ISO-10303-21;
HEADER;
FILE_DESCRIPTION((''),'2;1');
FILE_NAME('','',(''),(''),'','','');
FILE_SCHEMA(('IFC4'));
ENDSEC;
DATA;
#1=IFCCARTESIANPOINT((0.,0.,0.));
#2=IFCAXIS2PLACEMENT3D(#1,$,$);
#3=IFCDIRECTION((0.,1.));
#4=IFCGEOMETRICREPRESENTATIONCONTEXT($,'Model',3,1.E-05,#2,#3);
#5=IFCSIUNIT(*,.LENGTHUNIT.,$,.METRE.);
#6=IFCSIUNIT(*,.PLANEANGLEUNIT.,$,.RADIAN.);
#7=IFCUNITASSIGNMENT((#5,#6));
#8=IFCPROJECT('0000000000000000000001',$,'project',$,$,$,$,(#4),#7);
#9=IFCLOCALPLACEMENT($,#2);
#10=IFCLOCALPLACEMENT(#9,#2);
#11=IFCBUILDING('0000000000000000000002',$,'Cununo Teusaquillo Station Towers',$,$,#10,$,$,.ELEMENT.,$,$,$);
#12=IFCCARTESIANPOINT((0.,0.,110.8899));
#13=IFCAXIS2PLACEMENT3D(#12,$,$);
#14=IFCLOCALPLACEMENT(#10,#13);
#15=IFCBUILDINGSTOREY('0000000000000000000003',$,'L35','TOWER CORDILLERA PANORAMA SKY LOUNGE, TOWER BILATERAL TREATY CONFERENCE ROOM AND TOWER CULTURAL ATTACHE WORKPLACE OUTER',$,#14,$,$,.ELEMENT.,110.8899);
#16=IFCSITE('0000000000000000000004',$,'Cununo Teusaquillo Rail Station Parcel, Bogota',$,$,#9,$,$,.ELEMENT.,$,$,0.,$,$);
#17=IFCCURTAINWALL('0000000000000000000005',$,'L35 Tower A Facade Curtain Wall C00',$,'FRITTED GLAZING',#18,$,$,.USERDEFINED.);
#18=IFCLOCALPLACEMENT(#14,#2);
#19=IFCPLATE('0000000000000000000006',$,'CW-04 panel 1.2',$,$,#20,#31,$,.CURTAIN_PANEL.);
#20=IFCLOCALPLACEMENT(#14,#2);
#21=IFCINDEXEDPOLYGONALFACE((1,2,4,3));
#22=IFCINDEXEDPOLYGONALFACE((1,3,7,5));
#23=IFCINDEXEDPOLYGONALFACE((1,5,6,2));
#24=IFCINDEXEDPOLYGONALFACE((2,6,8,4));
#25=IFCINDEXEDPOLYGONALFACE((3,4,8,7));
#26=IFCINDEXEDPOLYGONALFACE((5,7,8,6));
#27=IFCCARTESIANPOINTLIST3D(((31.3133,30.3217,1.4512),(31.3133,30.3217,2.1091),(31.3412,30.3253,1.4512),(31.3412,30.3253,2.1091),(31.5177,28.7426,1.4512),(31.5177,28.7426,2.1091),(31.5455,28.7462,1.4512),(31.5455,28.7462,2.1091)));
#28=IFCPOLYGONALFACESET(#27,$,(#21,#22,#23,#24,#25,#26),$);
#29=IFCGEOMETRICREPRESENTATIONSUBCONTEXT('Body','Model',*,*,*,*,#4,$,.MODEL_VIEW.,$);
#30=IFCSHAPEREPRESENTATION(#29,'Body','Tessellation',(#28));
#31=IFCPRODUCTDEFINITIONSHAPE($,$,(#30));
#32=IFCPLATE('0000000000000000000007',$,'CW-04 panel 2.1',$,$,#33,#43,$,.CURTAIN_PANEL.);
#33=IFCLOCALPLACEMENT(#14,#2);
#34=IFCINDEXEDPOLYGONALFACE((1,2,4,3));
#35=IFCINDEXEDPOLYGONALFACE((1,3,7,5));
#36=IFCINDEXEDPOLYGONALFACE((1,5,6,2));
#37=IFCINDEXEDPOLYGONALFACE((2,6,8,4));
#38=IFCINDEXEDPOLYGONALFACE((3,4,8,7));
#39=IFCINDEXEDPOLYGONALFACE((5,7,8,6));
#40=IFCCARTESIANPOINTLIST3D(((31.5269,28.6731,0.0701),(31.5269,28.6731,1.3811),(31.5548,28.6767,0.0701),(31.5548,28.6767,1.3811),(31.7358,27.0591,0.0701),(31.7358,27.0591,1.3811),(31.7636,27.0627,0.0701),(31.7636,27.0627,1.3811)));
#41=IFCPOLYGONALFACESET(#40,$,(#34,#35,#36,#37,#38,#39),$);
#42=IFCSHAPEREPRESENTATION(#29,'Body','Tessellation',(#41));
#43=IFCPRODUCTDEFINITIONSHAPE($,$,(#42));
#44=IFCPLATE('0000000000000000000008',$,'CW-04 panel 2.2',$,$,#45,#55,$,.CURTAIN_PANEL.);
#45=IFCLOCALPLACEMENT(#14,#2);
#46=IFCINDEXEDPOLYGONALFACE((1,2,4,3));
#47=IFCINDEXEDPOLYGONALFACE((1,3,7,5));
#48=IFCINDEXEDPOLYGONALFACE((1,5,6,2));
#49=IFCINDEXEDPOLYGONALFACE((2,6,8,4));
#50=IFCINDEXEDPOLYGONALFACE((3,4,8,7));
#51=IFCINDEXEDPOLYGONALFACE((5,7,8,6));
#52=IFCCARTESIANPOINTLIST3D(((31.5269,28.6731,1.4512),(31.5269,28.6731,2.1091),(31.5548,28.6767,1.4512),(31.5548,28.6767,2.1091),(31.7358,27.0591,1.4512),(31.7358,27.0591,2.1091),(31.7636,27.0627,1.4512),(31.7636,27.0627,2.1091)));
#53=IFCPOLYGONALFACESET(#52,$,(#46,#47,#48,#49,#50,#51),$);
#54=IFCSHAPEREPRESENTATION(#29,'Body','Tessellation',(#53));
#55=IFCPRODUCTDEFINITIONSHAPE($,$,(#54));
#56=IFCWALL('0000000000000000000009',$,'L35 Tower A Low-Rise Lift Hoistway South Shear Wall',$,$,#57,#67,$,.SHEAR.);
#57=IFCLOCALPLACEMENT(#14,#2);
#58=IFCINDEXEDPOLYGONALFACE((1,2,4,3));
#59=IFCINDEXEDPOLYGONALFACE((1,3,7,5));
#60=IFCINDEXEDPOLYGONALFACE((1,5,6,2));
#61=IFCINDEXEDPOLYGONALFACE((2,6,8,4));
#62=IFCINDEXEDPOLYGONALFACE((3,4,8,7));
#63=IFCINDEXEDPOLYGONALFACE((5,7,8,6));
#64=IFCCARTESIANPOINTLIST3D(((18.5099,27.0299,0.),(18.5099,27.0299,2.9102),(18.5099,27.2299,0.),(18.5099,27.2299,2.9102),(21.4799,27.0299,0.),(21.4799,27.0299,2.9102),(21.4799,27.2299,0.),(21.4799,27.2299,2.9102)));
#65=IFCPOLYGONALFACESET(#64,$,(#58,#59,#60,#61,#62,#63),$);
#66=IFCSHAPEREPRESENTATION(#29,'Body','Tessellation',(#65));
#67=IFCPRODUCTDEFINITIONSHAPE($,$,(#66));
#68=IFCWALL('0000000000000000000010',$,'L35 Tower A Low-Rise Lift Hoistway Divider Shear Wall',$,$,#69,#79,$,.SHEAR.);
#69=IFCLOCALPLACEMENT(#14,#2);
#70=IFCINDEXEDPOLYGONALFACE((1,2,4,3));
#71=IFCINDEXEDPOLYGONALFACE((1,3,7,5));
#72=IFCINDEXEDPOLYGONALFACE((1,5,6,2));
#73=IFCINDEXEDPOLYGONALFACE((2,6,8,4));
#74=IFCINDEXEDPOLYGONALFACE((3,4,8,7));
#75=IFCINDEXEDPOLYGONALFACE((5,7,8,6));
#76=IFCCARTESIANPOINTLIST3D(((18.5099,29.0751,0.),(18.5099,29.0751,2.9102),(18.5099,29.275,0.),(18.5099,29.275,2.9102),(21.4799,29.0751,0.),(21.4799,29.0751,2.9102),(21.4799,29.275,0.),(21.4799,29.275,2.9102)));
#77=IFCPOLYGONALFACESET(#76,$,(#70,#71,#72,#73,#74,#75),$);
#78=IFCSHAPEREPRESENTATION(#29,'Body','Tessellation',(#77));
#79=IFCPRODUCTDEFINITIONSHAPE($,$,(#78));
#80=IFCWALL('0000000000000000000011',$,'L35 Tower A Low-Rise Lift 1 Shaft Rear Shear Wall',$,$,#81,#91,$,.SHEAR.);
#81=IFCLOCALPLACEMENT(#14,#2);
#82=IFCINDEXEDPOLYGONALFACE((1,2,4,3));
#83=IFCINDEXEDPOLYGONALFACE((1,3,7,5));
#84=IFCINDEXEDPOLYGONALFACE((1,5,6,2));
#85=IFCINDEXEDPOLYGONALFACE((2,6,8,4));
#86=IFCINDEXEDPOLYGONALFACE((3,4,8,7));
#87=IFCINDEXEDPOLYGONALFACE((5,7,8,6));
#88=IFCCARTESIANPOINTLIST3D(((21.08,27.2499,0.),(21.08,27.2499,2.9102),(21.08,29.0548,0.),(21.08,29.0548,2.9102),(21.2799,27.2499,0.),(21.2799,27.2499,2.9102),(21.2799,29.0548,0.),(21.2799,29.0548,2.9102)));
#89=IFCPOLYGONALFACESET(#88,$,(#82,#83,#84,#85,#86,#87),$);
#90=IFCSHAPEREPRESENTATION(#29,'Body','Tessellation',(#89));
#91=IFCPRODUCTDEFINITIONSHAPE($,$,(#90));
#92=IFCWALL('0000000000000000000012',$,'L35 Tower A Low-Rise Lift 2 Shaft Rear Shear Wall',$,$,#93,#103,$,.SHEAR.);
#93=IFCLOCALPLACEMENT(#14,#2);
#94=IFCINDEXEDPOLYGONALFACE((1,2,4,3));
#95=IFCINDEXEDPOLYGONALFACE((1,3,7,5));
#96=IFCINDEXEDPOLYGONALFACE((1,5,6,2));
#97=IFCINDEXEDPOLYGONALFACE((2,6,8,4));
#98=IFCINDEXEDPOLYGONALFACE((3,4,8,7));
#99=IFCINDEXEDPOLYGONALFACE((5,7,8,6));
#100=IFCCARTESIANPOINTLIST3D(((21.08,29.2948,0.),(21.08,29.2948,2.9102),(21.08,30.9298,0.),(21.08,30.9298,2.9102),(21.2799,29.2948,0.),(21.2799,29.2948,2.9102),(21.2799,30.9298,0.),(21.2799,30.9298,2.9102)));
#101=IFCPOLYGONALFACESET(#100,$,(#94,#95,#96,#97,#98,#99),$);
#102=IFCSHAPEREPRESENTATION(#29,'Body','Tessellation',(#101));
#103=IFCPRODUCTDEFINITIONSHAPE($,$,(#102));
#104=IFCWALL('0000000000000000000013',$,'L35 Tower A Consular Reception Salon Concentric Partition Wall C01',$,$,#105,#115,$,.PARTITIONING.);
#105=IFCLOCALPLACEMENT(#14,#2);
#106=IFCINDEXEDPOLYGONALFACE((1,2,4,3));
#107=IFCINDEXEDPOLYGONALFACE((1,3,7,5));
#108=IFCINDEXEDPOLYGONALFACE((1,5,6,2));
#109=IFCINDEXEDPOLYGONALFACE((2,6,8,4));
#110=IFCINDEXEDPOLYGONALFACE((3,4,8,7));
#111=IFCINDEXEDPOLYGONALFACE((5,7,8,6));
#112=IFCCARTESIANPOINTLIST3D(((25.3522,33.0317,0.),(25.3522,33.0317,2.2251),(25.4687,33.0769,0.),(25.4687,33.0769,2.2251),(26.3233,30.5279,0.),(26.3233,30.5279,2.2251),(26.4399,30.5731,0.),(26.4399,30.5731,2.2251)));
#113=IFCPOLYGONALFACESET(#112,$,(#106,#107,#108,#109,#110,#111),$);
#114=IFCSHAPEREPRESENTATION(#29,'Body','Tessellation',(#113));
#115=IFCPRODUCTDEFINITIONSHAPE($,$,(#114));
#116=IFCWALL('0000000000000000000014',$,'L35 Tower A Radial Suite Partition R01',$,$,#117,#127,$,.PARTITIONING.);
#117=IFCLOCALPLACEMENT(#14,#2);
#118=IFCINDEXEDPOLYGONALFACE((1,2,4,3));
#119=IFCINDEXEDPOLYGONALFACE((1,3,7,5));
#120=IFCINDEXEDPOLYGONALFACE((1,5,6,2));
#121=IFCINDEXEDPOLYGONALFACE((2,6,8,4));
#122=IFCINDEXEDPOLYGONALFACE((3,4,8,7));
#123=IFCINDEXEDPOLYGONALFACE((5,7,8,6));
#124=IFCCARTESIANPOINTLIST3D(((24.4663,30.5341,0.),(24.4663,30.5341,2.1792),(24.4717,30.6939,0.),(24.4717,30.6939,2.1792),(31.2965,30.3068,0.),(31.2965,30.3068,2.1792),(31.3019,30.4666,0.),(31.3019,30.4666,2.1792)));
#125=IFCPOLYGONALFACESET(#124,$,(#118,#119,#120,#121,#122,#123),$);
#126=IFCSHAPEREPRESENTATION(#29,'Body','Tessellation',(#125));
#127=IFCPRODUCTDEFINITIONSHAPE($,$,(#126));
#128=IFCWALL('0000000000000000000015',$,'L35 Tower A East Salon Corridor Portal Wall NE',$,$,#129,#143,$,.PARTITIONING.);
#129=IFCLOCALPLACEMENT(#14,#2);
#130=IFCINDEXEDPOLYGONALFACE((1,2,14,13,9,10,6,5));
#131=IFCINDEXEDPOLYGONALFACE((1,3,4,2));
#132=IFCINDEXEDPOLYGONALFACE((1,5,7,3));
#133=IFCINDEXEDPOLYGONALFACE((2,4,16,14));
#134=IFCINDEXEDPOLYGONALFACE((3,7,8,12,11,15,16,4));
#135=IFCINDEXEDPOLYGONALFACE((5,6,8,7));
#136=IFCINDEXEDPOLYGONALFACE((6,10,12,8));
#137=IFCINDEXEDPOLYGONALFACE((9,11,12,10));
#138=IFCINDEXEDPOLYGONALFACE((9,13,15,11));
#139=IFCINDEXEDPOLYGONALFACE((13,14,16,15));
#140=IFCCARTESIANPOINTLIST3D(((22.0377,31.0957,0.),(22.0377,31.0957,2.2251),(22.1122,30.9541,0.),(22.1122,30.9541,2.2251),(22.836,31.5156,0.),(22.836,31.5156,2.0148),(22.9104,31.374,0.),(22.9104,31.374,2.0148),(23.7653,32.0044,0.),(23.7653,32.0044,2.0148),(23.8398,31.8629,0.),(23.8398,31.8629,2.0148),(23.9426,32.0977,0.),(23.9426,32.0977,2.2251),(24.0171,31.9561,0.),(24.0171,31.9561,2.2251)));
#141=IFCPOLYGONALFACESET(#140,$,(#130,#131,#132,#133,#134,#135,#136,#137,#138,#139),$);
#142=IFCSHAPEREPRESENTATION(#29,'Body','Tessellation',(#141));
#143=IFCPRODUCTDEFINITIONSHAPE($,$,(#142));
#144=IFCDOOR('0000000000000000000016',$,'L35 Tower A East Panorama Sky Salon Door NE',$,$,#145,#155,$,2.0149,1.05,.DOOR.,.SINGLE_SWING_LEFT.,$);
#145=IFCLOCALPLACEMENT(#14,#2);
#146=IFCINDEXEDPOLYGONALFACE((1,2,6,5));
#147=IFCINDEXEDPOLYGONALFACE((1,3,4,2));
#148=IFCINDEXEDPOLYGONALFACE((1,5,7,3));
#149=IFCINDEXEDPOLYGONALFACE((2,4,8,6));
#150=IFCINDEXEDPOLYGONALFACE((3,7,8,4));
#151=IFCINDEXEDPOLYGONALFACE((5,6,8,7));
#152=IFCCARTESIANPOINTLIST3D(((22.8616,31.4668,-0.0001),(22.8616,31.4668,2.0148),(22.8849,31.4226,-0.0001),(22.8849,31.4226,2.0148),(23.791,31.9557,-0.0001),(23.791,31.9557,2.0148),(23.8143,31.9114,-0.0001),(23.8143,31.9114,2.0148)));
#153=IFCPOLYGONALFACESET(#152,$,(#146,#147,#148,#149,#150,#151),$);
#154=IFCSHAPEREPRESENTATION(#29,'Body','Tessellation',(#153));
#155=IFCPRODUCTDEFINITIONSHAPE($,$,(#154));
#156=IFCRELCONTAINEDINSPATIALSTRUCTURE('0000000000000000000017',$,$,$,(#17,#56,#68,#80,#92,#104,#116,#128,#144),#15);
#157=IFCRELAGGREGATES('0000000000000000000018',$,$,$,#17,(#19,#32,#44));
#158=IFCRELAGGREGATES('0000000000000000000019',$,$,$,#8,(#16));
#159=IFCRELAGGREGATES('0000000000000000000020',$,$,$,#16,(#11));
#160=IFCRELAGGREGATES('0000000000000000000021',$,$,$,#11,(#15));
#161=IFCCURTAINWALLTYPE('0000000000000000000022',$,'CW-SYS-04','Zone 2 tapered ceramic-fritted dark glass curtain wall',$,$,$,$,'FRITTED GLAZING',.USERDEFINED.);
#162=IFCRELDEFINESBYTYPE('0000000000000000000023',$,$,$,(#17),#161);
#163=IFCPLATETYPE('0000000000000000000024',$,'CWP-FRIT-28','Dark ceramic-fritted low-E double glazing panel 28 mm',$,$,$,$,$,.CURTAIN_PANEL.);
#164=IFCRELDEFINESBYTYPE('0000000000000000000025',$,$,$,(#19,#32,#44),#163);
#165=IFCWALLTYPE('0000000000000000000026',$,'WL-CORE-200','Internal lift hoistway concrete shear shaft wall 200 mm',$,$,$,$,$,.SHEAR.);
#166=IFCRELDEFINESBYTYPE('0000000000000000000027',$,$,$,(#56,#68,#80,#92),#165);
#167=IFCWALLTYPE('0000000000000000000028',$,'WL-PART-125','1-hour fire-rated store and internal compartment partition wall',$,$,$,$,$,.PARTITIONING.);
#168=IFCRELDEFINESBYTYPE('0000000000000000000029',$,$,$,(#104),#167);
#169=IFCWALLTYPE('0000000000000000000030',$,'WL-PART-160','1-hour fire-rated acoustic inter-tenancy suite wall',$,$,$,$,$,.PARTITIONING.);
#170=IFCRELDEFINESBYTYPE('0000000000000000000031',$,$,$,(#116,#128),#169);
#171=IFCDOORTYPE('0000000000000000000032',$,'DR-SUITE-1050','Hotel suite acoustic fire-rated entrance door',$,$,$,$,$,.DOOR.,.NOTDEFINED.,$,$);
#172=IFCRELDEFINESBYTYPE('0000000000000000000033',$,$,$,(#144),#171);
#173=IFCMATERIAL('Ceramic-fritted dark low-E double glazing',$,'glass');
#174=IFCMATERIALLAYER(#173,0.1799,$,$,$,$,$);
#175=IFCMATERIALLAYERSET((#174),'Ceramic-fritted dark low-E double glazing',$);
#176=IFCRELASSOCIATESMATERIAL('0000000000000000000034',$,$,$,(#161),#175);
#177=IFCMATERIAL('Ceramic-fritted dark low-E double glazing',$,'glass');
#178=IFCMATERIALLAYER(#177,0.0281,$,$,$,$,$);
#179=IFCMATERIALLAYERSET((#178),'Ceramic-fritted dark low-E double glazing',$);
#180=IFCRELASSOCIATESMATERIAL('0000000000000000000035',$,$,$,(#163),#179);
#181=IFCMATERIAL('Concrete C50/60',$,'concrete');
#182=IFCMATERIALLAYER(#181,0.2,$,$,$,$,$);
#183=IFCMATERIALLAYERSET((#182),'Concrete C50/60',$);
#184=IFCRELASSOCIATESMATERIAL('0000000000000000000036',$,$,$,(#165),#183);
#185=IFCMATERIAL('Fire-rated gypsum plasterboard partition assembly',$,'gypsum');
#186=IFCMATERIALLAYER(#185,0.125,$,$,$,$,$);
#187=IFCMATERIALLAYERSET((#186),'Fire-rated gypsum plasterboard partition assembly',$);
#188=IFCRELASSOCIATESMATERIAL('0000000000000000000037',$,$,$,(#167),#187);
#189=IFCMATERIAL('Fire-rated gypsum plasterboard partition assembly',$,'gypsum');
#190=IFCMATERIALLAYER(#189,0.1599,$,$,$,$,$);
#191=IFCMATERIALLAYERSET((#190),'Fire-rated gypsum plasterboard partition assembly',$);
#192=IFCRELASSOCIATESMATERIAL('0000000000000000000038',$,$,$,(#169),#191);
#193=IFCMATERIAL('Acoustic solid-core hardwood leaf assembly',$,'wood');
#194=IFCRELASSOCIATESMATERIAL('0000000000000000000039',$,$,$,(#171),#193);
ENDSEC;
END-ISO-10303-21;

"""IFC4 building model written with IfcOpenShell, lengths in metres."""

from ifc_helpers import new_model, si_unit, direction, frame, frame_2d, origin, origin_2d, place, context, subcontext, project, spatial, rectangle, extrude, source, transform, mapped, material, layer, layer_set, type_object, element, fill, aggregate, save


model = new_model("IFC4")

# Units and contexts
model_context = context("Model", 3, precision=1e-05, world=origin(), true_north=direction((0.0, 1.0)))
body_context = subcontext(model_context, "Body", "Model", "MODEL_VIEW")
ifc_project = project(units=[si_unit("LENGTHUNIT", "METRE"), si_unit("PLANEANGLEUNIT", "RADIAN")], contexts=[model_context])

# Site, building, storey
site_placement = place(None, origin())
site = spatial("IfcSite", under=ifc_project, at=site_placement, Name="Cununo Teusaquillo Rail Station Parcel, Bogota", CompositionType="ELEMENT", RefElevation=0.0)
building_placement = place(site_placement, origin())
building = spatial("IfcBuilding", under=site, at=building_placement, Name="Cununo Teusaquillo Station Towers", CompositionType="ELEMENT")
storey_placement = place(building_placement, frame((0.0, 0.0, 110.8899)))
storey = spatial("IfcBuildingStorey", under=building, at=storey_placement, Name="L35", Description="TOWER CORDILLERA PANORAMA SKY LOUNGE, TOWER BILATERAL TREATY CONFERENCE ROOM AND TOWER CULTURAL ATTACHE WORKPLACE OUTER", CompositionType="ELEMENT", Elevation=110.8899)

# Curtain wall
ifc_material_1 = material(Name="Ceramic-fritted dark low-E double glazing", Category="glass")
ifc_layer_1 = layer(ifc_material_1, 0.1799)
ifc_layer_set_1 = layer_set([ifc_layer_1], Name="Ceramic-fritted dark low-E double glazing")
curtain_wall_type = type_object("IfcCurtainWallType", Name="CW-SYS-04", Description="Zone 2 tapered ceramic-fritted dark glass curtain wall", ElementType="FRITTED GLAZING", PredefinedType="USERDEFINED", material=ifc_layer_set_1)
curtain_wall_placement = place(storey_placement, origin())
curtain_wall = element("IfcCurtainWall", 1, at=curtain_wall_placement, inside=storey, type_object=curtain_wall_type, Name="L35 Tower A Facade Curtain Wall C00", ObjectType="FRITTED GLAZING", PredefinedType="USERDEFINED")

# Plates
ifc_material_2 = material(Name="Ceramic-fritted dark low-E double glazing", Category="glass")
ifc_layer_2 = layer(ifc_material_2, 0.0281)
ifc_layer_set_2 = layer_set([ifc_layer_2], Name="Ceramic-fritted dark low-E double glazing")
plate_type_1 = type_object("IfcPlateType", Name="CWP-FRIT-28", Description="Dark ceramic-fritted low-E double glazing panel 28 mm", PredefinedType="CURTAIN_PANEL", material=ifc_layer_set_2)
shared_shape_1 = source(origin(), body_context, "Body", "SweptSolid", [
    extrude(rectangle(XDim=1.5923, YDim=0.0281, at=origin_2d()), origin(), (0.0, 0.0, 1.0), 0.658),
])
plate_1_placement = place(storey_placement, frame((31.4294, 29.5339, 1.4512), z_axis=(0.0, 0.0, 1.0), x_axis=(0.128336, -0.991731, 0.0)))
plate_1 = element("IfcPlate", 2, at=plate_1_placement, type_object=plate_type_1, Name="CW-04 panel 1.2", PredefinedType="CURTAIN_PANEL", context=body_context, shape_type="MappedRepresentation", body=[
    mapped(shared_shape_1, transform((0.0, 0.0, 0.0), x_axis=(1.0, 0.0, 0.0), y_axis=(0.0, 1.0, 0.0), z_axis=(0.0, 0.0, 1.0), scale=1.0)),
])
shared_shape_2 = source(origin(), body_context, "Body", "SweptSolid", [
    extrude(rectangle(XDim=1.6274, YDim=0.0281, at=origin_2d()), origin(), (0.0, 0.0, 1.0), 1.311),
])
plate_2_placement = place(storey_placement, frame((31.6453, 27.8679, 0.0701), z_axis=(0.0, 0.0, 1.0), x_axis=(0.128336, -0.991731, 0.0)))
plate_2 = element("IfcPlate", 3, at=plate_2_placement, type_object=plate_type_1, Name="CW-04 panel 2.1", PredefinedType="CURTAIN_PANEL", context=body_context, shape_type="MappedRepresentation", body=[
    mapped(shared_shape_2, transform((0.0, 0.0, 0.0), x_axis=(1.0, 0.0, 0.0), y_axis=(0.0, 1.0, 0.0), z_axis=(0.0, 0.0, 1.0), scale=1.0)),
])
shared_shape_3 = source(origin(), body_context, "Body", "SweptSolid", [
    extrude(rectangle(XDim=1.6274, YDim=0.0281, at=origin_2d()), origin(), (0.0, 0.0, 1.0), 0.658),
])
plate_3_placement = place(storey_placement, frame((31.6453, 27.8679, 1.4512), z_axis=(0.0, 0.0, 1.0), x_axis=(0.128336, -0.991731, 0.0)))
plate_3 = element("IfcPlate", 4, at=plate_3_placement, type_object=plate_type_1, Name="CW-04 panel 2.2", PredefinedType="CURTAIN_PANEL", context=body_context, shape_type="MappedRepresentation", body=[
    mapped(shared_shape_3, transform((0.0, 0.0, 0.0), x_axis=(1.0, 0.0, 0.0), y_axis=(0.0, 1.0, 0.0), z_axis=(0.0, 0.0, 1.0), scale=1.0)),
])
aggregate(curtain_wall, [plate_1, plate_2, plate_3])

# Walls
ifc_material_3 = material(Name="Concrete C50/60", Category="concrete")
ifc_layer_3 = layer(ifc_material_3, 0.2)
ifc_layer_set_3 = layer_set([ifc_layer_3], Name="Concrete C50/60")
wall_type_1 = type_object("IfcWallType", Name="WL-CORE-200", Description="Internal lift hoistway concrete shear shaft wall 200 mm", PredefinedType="SHEAR", material=ifc_layer_set_3)
for number, where, z_axis, x_axis, name in (
    (5, (18.51, 27.1299, 0.0), (0.0, 0.0, 1.0), (1.0, 0.0, 0.0), "L35 Tower A Low-Rise Lift Hoistway South Shear Wall"),
    (6, (18.51, 29.175, 0.0), (0.0, 0.0, 1.0), (1.0, 0.0, 0.0), "L35 Tower A Low-Rise Lift Hoistway Divider Shear Wall"),
):
    element("IfcWall", number, at=place(storey_placement, frame(where, z_axis=z_axis, x_axis=x_axis)), inside=storey, type_object=wall_type_1, Name=name, PredefinedType="SHEAR", context=body_context, shape_type="SweptSolid", body=[
        extrude(rectangle(XDim=2.97, YDim=0.2, at=frame_2d((1.4849, 0.0))), origin(), (0.0, 0.0, 1.0), 2.9102),
    ])
wall_1_placement = place(storey_placement, frame((21.1799, 27.25, 0.0), z_axis=(0.0, 0.0, 1.0), x_axis=(0.0, 1.0, 0.0)))
element("IfcWall", 7, at=wall_1_placement, inside=storey, type_object=wall_type_1, Name="L35 Tower A Low-Rise Lift 1 Shaft Rear Shear Wall", PredefinedType="SHEAR", context=body_context, shape_type="SweptSolid", body=[
    extrude(rectangle(XDim=1.8049, YDim=0.2, at=frame_2d((0.9023, 0.0))), origin(), (0.0, 0.0, 1.0), 2.9102),
])
wall_2_placement = place(storey_placement, frame((21.1799, 29.2949, 0.0), z_axis=(0.0, 0.0, 1.0), x_axis=(0.0, 1.0, 0.0)))
element("IfcWall", 8, at=wall_2_placement, inside=storey, type_object=wall_type_1, Name="L35 Tower A Low-Rise Lift 2 Shaft Rear Shear Wall", PredefinedType="SHEAR", context=body_context, shape_type="SweptSolid", body=[
    extrude(rectangle(XDim=1.635, YDim=0.2, at=frame_2d((0.8174, 0.0))), origin(), (0.0, 0.0, 1.0), 2.9102),
])
ifc_material_4 = material(Name="Fire-rated gypsum plasterboard partition assembly", Category="gypsum")
ifc_layer_4 = layer(ifc_material_4, 0.125)
ifc_layer_set_4 = layer_set([ifc_layer_4], Name="Fire-rated gypsum plasterboard partition assembly")
wall_type_2 = type_object("IfcWallType", Name="WL-PART-125", Description="1-hour fire-rated store and internal compartment partition wall", PredefinedType="PARTITIONING", material=ifc_layer_set_4)
wall_3_placement = place(storey_placement, frame((26.3816, 30.5505, 0.0), z_axis=(0.0, 0.0, 1.0), x_axis=(-0.361621, 0.932325, 0.0)))
element("IfcWall", 9, at=wall_3_placement, inside=storey, type_object=wall_type_2, Name="L35 Tower A Consular Reception Salon Concentric Partition Wall C01", PredefinedType="PARTITIONING", context=body_context, shape_type="SweptSolid", body=[
    extrude(rectangle(XDim=2.6855, YDim=0.125, at=frame_2d((1.3428, 0.0))), origin(), (0.0, 0.0, 1.0), 2.2251),
])
ifc_material_5 = material(Name="Fire-rated gypsum plasterboard partition assembly", Category="gypsum")
ifc_layer_5 = layer(ifc_material_5, 0.1599)
ifc_layer_set_5 = layer_set([ifc_layer_5], Name="Fire-rated gypsum plasterboard partition assembly")
wall_type_3 = type_object("IfcWallType", Name="WL-PART-160", Description="1-hour fire-rated acoustic inter-tenancy suite wall", PredefinedType="PARTITIONING", material=ifc_layer_set_5)
wall_4_placement = place(storey_placement, frame((24.469, 30.614, 0.0), z_axis=(0.0, 0.0, 1.0), x_axis=(0.999447, -0.033259, 0.0)))
element("IfcWall", 10, at=wall_4_placement, inside=storey, type_object=wall_type_3, Name="L35 Tower A Radial Suite Partition R01", PredefinedType="PARTITIONING", context=body_context, shape_type="SweptSolid", body=[
    extrude(rectangle(XDim=6.834, YDim=0.1599, at=frame_2d((3.417, 0.0))), origin(), (0.0, 0.0, 1.0), 2.1792),
])

# Wall, opening, door
wall_5_placement = place(storey_placement, frame((22.075, 31.0249, 0.0), z_axis=(0.0, 0.0, 1.0), x_axis=(0.885026, 0.465541, 0.0)))
wall_5 = element("IfcWall", 11, at=wall_5_placement, inside=storey, type_object=wall_type_3, Name="L35 Tower A East Salon Corridor Portal Wall NE", PredefinedType="PARTITIONING", context=body_context, shape_type="SweptSolid", body=[
    extrude(rectangle(XDim=2.1523, YDim=0.1599, at=frame_2d((1.0762, 0.0))), origin(), (0.0, 0.0, 1.0), 2.2251),
])
shared_shape_4 = source(origin(), body_context, "Body", "SweptSolid", [
    extrude(rectangle(XDim=1.05, YDim=2.0149, at=frame_2d((0.5249, 1.0073))), frame((0.0, 0.0898, 0.0), z_axis=(0.0, -1.0, 0.0), x_axis=(1.0, 0.0, 0.0)), (0.0, 0.0, 1.0), 0.1799),
])
opening_placement = place(wall_5_placement, frame((0.9021, 0.0, 0.0)))
opening = element("IfcOpeningElement", 12, at=opening_placement, cuts=wall_5, PredefinedType="OPENING", context=body_context, shape_type="MappedRepresentation", body=[
    mapped(shared_shape_4, transform((0.0, 0.0, 0.0), x_axis=(1.0, 0.0, 0.0), y_axis=(0.0, 1.0, 0.0), z_axis=(0.0, 0.0, 1.0), scale=1.0)),
])
ifc_material_6 = material(Name="Acoustic solid-core hardwood leaf assembly", Category="wood")
door_type = type_object("IfcDoorType", Name="DR-SUITE-1050", Description="Hotel suite acoustic fire-rated entrance door", OperationType="NOTDEFINED", PredefinedType="DOOR", material=ifc_material_6)
shared_shape_5 = source(origin(), body_context, "Body", "SweptSolid", [
    extrude(rectangle(XDim=1.05, YDim=2.0149, at=frame_2d((0.5249, 1.0073))), frame((0.0, 0.0249, 0.0), z_axis=(0.0, -1.0, 0.0), x_axis=(1.0, 0.0, 0.0)), (0.0, 0.0, 1.0), 0.05),
])
door_placement = place(opening_placement, origin())
door = element("IfcDoor", 13, at=door_placement, inside=storey, type_object=door_type, Name="L35 Tower A East Panorama Sky Salon Door NE", OperationType="SINGLE_SWING_LEFT", OverallHeight=2.0149, OverallWidth=1.05, PredefinedType="DOOR", context=body_context, shape_type="MappedRepresentation", body=[
    mapped(shared_shape_5, transform((0.0, 0.0, 0.0), x_axis=(1.0, 0.0, 0.0), y_axis=(0.0, 1.0, 0.0), z_axis=(0.0, 0.0, 1.0), scale=1.0)),
])
fill(opening, door)

save(model, "model.ifc")
